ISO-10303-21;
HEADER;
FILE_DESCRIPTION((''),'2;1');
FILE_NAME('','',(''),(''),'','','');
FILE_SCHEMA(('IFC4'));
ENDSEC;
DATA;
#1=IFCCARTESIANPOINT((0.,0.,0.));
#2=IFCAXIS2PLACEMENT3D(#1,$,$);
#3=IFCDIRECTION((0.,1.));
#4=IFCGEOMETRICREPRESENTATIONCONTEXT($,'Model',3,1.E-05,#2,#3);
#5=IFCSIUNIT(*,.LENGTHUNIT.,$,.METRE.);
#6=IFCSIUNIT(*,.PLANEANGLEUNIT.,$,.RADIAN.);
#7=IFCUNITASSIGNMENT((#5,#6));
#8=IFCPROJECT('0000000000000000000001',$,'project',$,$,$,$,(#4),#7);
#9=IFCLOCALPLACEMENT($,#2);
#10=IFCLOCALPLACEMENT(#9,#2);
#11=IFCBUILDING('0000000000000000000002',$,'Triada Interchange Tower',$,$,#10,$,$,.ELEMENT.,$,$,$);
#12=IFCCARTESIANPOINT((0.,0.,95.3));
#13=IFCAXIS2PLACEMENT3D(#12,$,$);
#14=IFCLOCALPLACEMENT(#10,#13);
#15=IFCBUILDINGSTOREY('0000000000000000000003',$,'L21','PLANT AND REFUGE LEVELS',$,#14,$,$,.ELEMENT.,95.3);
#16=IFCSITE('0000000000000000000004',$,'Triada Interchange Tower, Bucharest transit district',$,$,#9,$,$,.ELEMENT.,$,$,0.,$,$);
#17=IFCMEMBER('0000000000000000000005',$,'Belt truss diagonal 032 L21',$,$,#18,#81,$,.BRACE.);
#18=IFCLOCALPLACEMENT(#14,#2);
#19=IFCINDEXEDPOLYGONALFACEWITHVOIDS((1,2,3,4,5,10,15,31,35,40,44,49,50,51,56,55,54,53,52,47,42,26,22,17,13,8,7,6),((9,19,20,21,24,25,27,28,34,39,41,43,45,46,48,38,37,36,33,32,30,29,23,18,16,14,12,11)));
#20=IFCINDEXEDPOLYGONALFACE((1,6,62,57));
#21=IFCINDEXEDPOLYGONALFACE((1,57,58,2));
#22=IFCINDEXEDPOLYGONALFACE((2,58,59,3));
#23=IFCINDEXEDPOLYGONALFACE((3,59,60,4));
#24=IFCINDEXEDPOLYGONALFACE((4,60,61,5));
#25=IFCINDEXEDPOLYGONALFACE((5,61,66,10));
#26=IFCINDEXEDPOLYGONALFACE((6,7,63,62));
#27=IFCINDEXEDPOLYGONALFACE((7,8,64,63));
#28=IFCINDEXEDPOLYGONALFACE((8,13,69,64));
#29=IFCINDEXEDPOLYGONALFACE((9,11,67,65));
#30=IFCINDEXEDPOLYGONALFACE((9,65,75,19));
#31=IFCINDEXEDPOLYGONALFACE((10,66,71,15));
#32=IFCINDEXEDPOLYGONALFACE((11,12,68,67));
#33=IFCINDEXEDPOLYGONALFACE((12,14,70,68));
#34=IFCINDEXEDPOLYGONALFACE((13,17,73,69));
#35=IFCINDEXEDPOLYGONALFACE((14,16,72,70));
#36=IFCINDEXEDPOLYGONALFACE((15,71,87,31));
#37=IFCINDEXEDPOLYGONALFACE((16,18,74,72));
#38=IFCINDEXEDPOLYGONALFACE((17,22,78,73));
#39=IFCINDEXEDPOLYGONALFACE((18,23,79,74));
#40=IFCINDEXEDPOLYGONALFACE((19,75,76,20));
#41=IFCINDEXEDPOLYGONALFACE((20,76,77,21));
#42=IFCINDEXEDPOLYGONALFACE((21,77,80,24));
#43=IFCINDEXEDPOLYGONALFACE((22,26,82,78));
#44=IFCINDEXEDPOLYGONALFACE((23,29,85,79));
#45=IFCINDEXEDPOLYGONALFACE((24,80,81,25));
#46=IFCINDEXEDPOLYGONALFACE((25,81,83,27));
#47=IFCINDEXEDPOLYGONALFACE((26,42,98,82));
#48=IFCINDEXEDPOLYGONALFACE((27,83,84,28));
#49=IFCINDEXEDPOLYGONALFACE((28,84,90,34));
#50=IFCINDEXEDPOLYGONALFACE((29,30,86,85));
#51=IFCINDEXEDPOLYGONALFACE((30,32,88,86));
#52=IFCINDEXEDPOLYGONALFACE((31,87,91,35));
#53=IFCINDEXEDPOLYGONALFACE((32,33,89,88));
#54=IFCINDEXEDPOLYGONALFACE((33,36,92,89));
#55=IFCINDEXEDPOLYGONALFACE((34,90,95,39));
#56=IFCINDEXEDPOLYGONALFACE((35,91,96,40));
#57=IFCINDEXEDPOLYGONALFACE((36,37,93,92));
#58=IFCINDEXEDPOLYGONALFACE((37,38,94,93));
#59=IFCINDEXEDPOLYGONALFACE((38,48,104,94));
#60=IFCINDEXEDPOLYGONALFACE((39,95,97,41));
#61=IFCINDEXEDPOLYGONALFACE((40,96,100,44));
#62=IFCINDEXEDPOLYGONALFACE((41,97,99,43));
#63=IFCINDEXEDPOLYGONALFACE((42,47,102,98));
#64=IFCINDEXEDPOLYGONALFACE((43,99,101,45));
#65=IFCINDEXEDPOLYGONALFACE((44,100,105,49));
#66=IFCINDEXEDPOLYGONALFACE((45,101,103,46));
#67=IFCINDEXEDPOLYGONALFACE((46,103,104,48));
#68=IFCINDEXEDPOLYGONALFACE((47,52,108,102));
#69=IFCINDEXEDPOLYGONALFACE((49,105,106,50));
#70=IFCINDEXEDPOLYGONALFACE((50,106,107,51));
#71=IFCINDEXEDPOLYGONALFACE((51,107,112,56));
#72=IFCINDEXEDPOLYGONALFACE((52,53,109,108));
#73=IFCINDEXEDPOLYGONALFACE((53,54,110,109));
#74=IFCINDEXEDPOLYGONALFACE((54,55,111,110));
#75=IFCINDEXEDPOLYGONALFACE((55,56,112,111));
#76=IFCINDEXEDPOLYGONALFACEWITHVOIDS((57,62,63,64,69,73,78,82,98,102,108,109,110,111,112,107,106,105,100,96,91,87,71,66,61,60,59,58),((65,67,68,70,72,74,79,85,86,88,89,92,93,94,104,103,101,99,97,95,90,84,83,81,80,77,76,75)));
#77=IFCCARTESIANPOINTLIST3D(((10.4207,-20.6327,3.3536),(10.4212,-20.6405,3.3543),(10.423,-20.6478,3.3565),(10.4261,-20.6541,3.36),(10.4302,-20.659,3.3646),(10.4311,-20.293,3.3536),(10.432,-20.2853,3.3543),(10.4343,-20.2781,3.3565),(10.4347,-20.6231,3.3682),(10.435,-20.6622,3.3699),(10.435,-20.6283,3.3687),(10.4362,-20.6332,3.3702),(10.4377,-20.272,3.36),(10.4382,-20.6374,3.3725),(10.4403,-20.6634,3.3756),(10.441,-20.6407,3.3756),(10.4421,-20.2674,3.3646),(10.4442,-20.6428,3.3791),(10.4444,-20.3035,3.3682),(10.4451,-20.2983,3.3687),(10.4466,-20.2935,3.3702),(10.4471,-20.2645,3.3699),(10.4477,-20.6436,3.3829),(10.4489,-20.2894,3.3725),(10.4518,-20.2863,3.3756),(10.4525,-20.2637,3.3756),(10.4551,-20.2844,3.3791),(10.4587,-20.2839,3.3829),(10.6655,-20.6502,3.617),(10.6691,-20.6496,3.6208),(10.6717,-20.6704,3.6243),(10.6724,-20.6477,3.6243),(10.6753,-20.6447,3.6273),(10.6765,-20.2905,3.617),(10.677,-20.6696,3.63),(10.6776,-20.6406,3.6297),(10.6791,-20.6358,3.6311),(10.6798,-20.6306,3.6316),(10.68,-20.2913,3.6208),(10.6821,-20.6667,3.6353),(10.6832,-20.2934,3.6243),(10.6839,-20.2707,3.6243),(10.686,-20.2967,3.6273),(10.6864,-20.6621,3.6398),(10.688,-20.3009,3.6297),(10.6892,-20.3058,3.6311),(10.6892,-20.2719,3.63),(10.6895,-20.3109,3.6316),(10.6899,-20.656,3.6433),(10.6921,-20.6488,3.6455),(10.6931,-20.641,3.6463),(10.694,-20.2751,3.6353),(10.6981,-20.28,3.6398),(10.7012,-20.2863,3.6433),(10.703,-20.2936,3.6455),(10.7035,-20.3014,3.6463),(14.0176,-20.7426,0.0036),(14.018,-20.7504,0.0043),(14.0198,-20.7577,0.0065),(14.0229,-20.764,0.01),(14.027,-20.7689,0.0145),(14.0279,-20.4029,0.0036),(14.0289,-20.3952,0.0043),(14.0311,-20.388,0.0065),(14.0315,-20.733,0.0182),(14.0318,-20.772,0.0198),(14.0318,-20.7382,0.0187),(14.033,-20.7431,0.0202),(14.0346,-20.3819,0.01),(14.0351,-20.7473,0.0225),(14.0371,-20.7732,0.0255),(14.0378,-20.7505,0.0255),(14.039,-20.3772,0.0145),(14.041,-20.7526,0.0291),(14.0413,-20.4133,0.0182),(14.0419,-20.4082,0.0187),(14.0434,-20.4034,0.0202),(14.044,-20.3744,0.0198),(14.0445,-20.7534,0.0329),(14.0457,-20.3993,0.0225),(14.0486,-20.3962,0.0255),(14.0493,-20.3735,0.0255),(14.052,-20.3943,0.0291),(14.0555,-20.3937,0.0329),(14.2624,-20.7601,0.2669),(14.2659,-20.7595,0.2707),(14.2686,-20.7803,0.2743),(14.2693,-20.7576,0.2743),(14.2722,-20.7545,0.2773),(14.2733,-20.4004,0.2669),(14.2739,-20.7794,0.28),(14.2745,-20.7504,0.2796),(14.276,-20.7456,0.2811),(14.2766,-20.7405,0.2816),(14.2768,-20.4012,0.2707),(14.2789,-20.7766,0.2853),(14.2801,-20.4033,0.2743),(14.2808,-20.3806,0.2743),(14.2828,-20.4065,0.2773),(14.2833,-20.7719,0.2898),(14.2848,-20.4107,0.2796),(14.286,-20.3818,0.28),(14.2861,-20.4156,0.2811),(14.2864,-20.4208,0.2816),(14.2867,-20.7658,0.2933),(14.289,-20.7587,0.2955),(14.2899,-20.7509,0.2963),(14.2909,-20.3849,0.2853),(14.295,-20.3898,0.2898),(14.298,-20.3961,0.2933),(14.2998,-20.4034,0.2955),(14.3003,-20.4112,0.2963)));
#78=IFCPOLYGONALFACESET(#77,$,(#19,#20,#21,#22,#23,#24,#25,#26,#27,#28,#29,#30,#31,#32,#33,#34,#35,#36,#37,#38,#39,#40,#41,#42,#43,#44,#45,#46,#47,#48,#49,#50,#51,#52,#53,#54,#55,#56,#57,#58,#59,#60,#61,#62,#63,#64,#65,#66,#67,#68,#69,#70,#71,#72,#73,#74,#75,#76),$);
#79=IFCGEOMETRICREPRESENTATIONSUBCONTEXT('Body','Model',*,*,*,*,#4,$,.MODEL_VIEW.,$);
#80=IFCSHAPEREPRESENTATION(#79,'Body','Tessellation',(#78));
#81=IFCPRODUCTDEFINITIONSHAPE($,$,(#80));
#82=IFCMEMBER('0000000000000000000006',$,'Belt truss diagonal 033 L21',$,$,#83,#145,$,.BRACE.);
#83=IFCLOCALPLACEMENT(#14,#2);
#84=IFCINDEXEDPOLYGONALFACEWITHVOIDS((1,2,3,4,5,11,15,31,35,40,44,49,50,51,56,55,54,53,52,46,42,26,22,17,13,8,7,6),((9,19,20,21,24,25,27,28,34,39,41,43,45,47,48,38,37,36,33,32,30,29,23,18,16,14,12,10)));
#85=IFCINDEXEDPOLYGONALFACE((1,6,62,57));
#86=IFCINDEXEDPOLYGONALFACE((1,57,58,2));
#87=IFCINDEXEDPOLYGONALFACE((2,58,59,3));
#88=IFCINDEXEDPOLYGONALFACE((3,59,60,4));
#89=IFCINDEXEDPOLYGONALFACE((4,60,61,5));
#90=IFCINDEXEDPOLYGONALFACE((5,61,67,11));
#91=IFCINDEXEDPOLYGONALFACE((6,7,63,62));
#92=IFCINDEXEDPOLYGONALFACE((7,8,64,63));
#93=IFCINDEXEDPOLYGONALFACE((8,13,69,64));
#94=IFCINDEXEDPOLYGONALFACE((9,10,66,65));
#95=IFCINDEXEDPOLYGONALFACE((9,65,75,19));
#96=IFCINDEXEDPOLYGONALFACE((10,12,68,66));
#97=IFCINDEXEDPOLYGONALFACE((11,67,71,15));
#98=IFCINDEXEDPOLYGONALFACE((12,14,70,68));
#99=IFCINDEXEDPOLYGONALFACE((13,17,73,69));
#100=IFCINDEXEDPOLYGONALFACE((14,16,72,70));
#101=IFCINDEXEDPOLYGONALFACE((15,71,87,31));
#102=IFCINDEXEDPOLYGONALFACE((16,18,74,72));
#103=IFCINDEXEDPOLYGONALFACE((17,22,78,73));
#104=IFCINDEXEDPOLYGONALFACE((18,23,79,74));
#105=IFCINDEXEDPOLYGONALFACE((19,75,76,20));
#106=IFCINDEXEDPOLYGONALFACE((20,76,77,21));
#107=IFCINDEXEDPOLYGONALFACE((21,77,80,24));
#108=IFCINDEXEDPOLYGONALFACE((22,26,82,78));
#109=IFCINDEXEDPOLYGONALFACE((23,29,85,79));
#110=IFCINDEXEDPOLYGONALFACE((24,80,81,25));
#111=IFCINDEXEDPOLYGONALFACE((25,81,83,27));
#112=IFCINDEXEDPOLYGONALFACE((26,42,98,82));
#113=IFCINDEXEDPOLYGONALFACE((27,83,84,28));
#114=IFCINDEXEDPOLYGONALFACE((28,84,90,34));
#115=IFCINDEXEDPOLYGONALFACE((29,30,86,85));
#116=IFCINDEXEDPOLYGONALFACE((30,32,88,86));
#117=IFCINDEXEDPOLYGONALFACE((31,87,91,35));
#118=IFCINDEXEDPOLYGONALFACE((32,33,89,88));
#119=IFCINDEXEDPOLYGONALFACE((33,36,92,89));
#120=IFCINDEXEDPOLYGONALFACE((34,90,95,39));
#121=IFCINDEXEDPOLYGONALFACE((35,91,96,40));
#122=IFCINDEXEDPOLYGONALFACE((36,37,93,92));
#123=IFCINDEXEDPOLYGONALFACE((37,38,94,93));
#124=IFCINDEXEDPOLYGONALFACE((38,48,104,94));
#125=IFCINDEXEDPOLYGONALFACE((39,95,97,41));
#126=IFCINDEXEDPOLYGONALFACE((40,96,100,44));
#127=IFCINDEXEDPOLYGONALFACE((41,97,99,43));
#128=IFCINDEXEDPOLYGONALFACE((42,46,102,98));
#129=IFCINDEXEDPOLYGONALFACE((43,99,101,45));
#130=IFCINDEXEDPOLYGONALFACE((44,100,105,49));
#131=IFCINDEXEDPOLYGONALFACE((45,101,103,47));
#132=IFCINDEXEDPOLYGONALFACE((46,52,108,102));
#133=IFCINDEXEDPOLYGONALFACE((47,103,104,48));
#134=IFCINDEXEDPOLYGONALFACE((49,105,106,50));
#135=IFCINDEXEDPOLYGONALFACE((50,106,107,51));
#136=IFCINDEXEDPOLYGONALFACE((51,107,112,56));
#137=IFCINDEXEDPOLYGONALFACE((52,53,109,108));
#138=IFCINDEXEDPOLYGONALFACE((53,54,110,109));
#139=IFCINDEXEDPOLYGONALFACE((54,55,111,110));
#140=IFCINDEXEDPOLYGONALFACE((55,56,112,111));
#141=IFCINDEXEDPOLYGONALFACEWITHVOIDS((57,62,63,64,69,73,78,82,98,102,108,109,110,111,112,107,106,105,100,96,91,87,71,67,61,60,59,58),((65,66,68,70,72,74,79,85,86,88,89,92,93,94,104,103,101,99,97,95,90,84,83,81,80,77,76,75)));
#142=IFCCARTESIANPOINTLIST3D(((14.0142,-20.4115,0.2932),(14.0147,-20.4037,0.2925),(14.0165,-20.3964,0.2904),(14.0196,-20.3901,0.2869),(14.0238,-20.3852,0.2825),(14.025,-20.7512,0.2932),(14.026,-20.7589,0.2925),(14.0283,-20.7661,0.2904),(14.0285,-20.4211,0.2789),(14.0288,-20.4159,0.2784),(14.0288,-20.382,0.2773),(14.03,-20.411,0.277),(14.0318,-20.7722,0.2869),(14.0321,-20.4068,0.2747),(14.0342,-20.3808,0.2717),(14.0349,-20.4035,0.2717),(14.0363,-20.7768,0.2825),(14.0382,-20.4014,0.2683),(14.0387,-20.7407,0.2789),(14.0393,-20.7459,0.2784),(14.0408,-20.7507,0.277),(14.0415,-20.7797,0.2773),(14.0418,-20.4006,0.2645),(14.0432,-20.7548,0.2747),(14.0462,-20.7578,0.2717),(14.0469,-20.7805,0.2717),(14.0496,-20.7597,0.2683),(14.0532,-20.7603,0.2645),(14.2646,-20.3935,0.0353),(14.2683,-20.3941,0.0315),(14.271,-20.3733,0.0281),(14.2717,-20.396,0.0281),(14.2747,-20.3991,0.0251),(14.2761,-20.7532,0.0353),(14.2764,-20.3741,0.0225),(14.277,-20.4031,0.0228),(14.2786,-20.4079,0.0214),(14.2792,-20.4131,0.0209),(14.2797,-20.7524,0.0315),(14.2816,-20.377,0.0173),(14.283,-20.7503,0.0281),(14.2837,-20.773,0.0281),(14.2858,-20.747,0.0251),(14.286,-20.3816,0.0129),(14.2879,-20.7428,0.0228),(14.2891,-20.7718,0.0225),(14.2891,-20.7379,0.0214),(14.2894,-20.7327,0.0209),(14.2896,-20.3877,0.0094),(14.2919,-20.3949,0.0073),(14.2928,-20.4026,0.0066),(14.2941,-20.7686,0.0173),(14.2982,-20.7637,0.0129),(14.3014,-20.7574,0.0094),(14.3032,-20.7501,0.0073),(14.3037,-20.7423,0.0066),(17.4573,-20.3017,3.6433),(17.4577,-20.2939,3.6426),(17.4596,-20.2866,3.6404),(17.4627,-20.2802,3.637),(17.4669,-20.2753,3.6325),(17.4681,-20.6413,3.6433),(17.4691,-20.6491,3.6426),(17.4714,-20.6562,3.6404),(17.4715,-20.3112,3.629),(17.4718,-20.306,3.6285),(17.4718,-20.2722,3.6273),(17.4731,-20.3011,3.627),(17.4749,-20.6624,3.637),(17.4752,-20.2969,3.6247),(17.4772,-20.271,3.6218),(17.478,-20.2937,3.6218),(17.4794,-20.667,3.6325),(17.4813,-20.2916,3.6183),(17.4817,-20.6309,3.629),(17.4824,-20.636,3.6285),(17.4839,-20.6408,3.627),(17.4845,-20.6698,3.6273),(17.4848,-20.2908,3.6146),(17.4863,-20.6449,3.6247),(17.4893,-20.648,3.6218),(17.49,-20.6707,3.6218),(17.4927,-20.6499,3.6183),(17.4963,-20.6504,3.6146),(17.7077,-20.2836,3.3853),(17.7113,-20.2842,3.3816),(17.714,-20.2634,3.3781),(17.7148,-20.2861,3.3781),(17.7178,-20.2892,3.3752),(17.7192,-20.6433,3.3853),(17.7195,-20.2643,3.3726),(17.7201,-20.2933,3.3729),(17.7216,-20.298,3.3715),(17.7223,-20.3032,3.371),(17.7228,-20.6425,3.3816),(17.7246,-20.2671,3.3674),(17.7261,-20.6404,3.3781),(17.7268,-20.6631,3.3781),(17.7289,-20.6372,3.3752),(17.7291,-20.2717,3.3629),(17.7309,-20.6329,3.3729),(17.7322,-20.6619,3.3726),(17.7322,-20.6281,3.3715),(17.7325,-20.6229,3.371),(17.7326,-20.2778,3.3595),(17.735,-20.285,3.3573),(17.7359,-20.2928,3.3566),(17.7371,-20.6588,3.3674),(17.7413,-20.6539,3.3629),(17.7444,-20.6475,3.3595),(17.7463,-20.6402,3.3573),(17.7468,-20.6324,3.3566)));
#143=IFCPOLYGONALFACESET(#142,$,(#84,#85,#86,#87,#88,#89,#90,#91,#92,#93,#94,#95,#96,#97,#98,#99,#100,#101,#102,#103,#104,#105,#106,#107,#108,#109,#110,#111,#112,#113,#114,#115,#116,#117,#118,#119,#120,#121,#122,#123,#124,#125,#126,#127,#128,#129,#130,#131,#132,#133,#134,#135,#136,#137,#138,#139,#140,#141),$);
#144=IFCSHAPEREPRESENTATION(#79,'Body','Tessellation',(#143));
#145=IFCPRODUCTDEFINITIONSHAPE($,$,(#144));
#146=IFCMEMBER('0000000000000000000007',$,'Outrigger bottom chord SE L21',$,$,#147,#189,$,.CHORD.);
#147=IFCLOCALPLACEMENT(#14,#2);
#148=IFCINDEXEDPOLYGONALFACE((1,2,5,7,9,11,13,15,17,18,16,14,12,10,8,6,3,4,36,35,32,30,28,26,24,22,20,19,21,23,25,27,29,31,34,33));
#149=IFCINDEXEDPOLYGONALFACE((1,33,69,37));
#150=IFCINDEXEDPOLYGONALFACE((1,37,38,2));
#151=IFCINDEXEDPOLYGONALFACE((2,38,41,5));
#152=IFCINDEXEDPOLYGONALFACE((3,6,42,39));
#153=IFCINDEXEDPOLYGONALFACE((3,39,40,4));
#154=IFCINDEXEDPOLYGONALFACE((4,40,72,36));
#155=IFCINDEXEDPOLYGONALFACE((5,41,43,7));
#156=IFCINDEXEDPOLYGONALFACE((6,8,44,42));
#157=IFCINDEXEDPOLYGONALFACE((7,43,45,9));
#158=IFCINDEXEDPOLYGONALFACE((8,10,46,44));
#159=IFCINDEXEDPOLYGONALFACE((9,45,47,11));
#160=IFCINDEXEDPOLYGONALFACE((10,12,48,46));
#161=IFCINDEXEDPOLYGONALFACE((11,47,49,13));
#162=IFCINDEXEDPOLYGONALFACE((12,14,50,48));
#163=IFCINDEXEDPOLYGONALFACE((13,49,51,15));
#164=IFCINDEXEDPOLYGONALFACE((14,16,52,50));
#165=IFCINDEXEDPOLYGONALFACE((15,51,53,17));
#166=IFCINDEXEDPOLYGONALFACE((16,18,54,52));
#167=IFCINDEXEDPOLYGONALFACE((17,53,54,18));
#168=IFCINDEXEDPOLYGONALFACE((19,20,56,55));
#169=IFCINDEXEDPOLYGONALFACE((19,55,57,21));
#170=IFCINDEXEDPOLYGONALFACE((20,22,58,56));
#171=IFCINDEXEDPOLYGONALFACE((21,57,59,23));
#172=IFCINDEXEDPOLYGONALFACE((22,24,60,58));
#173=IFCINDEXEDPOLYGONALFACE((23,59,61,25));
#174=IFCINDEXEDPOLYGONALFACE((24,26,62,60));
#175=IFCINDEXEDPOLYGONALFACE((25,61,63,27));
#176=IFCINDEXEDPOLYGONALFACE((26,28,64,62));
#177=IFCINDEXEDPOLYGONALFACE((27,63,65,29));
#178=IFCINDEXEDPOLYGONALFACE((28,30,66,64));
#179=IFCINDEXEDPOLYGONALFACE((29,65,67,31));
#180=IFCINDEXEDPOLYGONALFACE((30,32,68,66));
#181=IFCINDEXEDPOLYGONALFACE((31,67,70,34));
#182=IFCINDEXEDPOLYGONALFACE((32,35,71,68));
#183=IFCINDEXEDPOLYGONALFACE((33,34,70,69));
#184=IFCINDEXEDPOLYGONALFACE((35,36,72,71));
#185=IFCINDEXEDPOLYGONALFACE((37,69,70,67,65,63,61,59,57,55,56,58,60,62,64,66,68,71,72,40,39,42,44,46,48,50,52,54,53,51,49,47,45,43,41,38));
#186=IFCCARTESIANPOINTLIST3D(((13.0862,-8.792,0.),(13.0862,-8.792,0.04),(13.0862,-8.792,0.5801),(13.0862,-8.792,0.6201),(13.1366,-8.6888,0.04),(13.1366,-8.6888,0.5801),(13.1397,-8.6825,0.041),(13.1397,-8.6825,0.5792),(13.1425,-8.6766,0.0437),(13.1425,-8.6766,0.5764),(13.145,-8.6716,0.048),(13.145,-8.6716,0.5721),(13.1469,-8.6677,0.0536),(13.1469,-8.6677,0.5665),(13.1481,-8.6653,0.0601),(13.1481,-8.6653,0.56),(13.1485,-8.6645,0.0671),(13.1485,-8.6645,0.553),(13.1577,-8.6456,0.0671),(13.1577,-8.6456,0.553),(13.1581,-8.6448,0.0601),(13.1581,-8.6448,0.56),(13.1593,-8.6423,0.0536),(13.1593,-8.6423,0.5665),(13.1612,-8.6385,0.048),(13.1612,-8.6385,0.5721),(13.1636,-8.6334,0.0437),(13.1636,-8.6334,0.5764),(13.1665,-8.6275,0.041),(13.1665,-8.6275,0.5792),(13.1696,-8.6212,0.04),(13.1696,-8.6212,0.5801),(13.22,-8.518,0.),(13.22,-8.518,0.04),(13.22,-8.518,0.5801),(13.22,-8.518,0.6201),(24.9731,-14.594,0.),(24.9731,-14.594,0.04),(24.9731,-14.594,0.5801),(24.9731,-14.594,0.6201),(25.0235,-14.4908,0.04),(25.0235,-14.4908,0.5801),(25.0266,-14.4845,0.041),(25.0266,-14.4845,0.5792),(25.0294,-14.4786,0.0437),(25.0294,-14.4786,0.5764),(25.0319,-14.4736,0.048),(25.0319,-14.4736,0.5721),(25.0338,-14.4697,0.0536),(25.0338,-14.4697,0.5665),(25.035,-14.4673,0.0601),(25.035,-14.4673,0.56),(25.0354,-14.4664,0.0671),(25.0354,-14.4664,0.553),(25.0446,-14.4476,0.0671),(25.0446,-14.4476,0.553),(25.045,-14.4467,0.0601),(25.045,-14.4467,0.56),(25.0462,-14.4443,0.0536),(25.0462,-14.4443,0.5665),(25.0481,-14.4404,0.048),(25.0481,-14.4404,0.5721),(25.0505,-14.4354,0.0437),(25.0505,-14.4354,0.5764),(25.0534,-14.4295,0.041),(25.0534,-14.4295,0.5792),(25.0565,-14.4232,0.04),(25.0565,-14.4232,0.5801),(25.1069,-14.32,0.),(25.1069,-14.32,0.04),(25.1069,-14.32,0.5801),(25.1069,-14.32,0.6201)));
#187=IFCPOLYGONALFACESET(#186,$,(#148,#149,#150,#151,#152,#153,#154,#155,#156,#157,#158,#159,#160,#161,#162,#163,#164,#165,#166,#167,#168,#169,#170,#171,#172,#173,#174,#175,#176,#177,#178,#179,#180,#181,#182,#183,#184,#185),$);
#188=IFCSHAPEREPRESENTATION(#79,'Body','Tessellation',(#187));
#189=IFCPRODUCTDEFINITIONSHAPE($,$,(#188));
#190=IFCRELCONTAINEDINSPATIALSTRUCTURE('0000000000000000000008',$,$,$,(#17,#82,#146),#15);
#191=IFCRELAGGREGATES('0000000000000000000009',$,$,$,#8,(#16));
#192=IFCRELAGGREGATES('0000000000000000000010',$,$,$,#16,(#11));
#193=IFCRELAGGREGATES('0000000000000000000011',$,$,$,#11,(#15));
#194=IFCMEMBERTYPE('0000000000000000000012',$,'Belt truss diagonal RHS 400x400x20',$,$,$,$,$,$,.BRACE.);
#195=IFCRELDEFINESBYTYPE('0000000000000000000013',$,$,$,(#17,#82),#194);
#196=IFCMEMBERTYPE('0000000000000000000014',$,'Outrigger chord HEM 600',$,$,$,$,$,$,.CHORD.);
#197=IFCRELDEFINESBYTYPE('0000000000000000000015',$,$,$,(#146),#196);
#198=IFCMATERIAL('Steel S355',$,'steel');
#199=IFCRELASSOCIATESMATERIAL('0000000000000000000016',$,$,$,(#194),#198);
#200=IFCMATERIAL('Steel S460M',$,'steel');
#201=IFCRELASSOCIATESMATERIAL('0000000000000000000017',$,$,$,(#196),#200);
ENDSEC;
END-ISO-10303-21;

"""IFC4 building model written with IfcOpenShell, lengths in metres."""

from ifc_helpers import new_model, si_unit, direction, frame, origin, origin_2d, place, context, subcontext, project, spatial, hollow_rectangle, i_section, extrude, material, material_profile, profile_set, type_object, element, save


model = new_model("IFC4")

# Units and contexts
model_context = context("Model", 3, precision=1e-05, world=origin(), true_north=direction((0.0, 1.0)))
body_context = subcontext(model_context, "Body", "Model", "MODEL_VIEW")
ifc_project = project(units=[si_unit("LENGTHUNIT", "METRE"), si_unit("PLANEANGLEUNIT", "RADIAN")], contexts=[model_context])

# Site, building, storey
site_placement = place(None, origin())
site = spatial("IfcSite", under=ifc_project, at=site_placement, Name="Triada Interchange Tower, Bucharest transit district", CompositionType="ELEMENT", RefElevation=0.0)
building_placement = place(site_placement, origin())
building = spatial("IfcBuilding", under=site, at=building_placement, Name="Triada Interchange Tower", CompositionType="ELEMENT")
storey_placement = place(building_placement, frame((0.0, 0.0, 95.3)))
storey = spatial("IfcBuildingStorey", under=building, at=storey_placement, Name="L21", Description="PLANT AND REFUGE LEVELS", CompositionType="ELEMENT", Elevation=95.3)

# Members
ifc_material_1 = material(Name="Steel S355", Category="steel")
ifc_material_profile_1 = material_profile(ifc_material_1, hollow_rectangle(XDim=0.3999, YDim=0.3999, WallThickness=0.02, InnerFilletRadius=0.02, OuterFilletRadius=0.03, at=origin_2d()), Name="RHS 400x400x20")
ifc_profile_set_1 = profile_set([ifc_material_profile_1], Name="Steel S355")
member_type_1 = type_object("IfcMemberType", Name="Belt truss diagonal RHS 400x400x20", PredefinedType="BRACE", material=ifc_profile_set_1)
member_1_placement = place(storey_placement, frame((14.1589, -20.5769, 0.1499), z_axis=(-0.731586, 0.022345, 0.681383), x_axis=(-0.030529, -0.999534, 0.0)))
element("IfcMember", 1, at=member_1_placement, inside=storey, type_object=member_type_1, Name="Belt truss diagonal 032 L21", PredefinedType="BRACE", context=body_context, shape_type="SweptSolid", body=[
    extrude(hollow_rectangle(XDim=0.3999, YDim=0.3999, WallThickness=0.02, InnerFilletRadius=0.02, OuterFilletRadius=0.03, at=origin_2d()), origin(), (0.0, 0.0, 1.0), 4.9165),
])
member_2_placement = place(storey_placement, frame((14.1589, -20.5769, 0.1499), z_axis=(0.716534, 0.022863, 0.697177), x_axis=(-0.031892, 0.999491, 0.0)))
element("IfcMember", 2, at=member_2_placement, inside=storey, type_object=member_type_1, Name="Belt truss diagonal 033 L21", PredefinedType="BRACE", context=body_context, shape_type="SweptSolid", body=[
    extrude(hollow_rectangle(XDim=0.3999, YDim=0.3999, WallThickness=0.02, InnerFilletRadius=0.02, OuterFilletRadius=0.03, at=origin_2d()), origin(), (0.0, 0.0, 1.0), 4.8052),
])
ifc_material_2 = material(Name="Steel S460M", Category="steel")
ifc_material_profile_2 = material_profile(ifc_material_2, i_section(OverallWidth=0.3049, OverallDepth=0.6201, WebThickness=0.021, FlangeThickness=0.04, FilletRadius=0.0271, at=origin_2d()), Name="HEM 600")
ifc_profile_set_2 = profile_set([ifc_material_profile_2], Name="Steel S460M")
member_type_2 = type_object("IfcMemberType", Name="Outrigger chord HEM 600", PredefinedType="CHORD", material=ifc_profile_set_2)
member_3_placement = place(storey_placement, frame((13.1531, -8.655, 0.3101), z_axis=(0.898665, -0.438636, 0.0), x_axis=(0.438636, 0.898665, 0.0)))
element("IfcMember", 3, at=member_3_placement, inside=storey, type_object=member_type_2, Name="Outrigger bottom chord SE L21", PredefinedType="CHORD", context=body_context, shape_type="SweptSolid", body=[
    extrude(i_section(OverallWidth=0.3049, OverallDepth=0.6201, WebThickness=0.021, FlangeThickness=0.04, FilletRadius=0.0271, at=origin_2d()), origin(), (0.0, 0.0, 1.0), 13.2273),
])

save(model, "model.ifc")
